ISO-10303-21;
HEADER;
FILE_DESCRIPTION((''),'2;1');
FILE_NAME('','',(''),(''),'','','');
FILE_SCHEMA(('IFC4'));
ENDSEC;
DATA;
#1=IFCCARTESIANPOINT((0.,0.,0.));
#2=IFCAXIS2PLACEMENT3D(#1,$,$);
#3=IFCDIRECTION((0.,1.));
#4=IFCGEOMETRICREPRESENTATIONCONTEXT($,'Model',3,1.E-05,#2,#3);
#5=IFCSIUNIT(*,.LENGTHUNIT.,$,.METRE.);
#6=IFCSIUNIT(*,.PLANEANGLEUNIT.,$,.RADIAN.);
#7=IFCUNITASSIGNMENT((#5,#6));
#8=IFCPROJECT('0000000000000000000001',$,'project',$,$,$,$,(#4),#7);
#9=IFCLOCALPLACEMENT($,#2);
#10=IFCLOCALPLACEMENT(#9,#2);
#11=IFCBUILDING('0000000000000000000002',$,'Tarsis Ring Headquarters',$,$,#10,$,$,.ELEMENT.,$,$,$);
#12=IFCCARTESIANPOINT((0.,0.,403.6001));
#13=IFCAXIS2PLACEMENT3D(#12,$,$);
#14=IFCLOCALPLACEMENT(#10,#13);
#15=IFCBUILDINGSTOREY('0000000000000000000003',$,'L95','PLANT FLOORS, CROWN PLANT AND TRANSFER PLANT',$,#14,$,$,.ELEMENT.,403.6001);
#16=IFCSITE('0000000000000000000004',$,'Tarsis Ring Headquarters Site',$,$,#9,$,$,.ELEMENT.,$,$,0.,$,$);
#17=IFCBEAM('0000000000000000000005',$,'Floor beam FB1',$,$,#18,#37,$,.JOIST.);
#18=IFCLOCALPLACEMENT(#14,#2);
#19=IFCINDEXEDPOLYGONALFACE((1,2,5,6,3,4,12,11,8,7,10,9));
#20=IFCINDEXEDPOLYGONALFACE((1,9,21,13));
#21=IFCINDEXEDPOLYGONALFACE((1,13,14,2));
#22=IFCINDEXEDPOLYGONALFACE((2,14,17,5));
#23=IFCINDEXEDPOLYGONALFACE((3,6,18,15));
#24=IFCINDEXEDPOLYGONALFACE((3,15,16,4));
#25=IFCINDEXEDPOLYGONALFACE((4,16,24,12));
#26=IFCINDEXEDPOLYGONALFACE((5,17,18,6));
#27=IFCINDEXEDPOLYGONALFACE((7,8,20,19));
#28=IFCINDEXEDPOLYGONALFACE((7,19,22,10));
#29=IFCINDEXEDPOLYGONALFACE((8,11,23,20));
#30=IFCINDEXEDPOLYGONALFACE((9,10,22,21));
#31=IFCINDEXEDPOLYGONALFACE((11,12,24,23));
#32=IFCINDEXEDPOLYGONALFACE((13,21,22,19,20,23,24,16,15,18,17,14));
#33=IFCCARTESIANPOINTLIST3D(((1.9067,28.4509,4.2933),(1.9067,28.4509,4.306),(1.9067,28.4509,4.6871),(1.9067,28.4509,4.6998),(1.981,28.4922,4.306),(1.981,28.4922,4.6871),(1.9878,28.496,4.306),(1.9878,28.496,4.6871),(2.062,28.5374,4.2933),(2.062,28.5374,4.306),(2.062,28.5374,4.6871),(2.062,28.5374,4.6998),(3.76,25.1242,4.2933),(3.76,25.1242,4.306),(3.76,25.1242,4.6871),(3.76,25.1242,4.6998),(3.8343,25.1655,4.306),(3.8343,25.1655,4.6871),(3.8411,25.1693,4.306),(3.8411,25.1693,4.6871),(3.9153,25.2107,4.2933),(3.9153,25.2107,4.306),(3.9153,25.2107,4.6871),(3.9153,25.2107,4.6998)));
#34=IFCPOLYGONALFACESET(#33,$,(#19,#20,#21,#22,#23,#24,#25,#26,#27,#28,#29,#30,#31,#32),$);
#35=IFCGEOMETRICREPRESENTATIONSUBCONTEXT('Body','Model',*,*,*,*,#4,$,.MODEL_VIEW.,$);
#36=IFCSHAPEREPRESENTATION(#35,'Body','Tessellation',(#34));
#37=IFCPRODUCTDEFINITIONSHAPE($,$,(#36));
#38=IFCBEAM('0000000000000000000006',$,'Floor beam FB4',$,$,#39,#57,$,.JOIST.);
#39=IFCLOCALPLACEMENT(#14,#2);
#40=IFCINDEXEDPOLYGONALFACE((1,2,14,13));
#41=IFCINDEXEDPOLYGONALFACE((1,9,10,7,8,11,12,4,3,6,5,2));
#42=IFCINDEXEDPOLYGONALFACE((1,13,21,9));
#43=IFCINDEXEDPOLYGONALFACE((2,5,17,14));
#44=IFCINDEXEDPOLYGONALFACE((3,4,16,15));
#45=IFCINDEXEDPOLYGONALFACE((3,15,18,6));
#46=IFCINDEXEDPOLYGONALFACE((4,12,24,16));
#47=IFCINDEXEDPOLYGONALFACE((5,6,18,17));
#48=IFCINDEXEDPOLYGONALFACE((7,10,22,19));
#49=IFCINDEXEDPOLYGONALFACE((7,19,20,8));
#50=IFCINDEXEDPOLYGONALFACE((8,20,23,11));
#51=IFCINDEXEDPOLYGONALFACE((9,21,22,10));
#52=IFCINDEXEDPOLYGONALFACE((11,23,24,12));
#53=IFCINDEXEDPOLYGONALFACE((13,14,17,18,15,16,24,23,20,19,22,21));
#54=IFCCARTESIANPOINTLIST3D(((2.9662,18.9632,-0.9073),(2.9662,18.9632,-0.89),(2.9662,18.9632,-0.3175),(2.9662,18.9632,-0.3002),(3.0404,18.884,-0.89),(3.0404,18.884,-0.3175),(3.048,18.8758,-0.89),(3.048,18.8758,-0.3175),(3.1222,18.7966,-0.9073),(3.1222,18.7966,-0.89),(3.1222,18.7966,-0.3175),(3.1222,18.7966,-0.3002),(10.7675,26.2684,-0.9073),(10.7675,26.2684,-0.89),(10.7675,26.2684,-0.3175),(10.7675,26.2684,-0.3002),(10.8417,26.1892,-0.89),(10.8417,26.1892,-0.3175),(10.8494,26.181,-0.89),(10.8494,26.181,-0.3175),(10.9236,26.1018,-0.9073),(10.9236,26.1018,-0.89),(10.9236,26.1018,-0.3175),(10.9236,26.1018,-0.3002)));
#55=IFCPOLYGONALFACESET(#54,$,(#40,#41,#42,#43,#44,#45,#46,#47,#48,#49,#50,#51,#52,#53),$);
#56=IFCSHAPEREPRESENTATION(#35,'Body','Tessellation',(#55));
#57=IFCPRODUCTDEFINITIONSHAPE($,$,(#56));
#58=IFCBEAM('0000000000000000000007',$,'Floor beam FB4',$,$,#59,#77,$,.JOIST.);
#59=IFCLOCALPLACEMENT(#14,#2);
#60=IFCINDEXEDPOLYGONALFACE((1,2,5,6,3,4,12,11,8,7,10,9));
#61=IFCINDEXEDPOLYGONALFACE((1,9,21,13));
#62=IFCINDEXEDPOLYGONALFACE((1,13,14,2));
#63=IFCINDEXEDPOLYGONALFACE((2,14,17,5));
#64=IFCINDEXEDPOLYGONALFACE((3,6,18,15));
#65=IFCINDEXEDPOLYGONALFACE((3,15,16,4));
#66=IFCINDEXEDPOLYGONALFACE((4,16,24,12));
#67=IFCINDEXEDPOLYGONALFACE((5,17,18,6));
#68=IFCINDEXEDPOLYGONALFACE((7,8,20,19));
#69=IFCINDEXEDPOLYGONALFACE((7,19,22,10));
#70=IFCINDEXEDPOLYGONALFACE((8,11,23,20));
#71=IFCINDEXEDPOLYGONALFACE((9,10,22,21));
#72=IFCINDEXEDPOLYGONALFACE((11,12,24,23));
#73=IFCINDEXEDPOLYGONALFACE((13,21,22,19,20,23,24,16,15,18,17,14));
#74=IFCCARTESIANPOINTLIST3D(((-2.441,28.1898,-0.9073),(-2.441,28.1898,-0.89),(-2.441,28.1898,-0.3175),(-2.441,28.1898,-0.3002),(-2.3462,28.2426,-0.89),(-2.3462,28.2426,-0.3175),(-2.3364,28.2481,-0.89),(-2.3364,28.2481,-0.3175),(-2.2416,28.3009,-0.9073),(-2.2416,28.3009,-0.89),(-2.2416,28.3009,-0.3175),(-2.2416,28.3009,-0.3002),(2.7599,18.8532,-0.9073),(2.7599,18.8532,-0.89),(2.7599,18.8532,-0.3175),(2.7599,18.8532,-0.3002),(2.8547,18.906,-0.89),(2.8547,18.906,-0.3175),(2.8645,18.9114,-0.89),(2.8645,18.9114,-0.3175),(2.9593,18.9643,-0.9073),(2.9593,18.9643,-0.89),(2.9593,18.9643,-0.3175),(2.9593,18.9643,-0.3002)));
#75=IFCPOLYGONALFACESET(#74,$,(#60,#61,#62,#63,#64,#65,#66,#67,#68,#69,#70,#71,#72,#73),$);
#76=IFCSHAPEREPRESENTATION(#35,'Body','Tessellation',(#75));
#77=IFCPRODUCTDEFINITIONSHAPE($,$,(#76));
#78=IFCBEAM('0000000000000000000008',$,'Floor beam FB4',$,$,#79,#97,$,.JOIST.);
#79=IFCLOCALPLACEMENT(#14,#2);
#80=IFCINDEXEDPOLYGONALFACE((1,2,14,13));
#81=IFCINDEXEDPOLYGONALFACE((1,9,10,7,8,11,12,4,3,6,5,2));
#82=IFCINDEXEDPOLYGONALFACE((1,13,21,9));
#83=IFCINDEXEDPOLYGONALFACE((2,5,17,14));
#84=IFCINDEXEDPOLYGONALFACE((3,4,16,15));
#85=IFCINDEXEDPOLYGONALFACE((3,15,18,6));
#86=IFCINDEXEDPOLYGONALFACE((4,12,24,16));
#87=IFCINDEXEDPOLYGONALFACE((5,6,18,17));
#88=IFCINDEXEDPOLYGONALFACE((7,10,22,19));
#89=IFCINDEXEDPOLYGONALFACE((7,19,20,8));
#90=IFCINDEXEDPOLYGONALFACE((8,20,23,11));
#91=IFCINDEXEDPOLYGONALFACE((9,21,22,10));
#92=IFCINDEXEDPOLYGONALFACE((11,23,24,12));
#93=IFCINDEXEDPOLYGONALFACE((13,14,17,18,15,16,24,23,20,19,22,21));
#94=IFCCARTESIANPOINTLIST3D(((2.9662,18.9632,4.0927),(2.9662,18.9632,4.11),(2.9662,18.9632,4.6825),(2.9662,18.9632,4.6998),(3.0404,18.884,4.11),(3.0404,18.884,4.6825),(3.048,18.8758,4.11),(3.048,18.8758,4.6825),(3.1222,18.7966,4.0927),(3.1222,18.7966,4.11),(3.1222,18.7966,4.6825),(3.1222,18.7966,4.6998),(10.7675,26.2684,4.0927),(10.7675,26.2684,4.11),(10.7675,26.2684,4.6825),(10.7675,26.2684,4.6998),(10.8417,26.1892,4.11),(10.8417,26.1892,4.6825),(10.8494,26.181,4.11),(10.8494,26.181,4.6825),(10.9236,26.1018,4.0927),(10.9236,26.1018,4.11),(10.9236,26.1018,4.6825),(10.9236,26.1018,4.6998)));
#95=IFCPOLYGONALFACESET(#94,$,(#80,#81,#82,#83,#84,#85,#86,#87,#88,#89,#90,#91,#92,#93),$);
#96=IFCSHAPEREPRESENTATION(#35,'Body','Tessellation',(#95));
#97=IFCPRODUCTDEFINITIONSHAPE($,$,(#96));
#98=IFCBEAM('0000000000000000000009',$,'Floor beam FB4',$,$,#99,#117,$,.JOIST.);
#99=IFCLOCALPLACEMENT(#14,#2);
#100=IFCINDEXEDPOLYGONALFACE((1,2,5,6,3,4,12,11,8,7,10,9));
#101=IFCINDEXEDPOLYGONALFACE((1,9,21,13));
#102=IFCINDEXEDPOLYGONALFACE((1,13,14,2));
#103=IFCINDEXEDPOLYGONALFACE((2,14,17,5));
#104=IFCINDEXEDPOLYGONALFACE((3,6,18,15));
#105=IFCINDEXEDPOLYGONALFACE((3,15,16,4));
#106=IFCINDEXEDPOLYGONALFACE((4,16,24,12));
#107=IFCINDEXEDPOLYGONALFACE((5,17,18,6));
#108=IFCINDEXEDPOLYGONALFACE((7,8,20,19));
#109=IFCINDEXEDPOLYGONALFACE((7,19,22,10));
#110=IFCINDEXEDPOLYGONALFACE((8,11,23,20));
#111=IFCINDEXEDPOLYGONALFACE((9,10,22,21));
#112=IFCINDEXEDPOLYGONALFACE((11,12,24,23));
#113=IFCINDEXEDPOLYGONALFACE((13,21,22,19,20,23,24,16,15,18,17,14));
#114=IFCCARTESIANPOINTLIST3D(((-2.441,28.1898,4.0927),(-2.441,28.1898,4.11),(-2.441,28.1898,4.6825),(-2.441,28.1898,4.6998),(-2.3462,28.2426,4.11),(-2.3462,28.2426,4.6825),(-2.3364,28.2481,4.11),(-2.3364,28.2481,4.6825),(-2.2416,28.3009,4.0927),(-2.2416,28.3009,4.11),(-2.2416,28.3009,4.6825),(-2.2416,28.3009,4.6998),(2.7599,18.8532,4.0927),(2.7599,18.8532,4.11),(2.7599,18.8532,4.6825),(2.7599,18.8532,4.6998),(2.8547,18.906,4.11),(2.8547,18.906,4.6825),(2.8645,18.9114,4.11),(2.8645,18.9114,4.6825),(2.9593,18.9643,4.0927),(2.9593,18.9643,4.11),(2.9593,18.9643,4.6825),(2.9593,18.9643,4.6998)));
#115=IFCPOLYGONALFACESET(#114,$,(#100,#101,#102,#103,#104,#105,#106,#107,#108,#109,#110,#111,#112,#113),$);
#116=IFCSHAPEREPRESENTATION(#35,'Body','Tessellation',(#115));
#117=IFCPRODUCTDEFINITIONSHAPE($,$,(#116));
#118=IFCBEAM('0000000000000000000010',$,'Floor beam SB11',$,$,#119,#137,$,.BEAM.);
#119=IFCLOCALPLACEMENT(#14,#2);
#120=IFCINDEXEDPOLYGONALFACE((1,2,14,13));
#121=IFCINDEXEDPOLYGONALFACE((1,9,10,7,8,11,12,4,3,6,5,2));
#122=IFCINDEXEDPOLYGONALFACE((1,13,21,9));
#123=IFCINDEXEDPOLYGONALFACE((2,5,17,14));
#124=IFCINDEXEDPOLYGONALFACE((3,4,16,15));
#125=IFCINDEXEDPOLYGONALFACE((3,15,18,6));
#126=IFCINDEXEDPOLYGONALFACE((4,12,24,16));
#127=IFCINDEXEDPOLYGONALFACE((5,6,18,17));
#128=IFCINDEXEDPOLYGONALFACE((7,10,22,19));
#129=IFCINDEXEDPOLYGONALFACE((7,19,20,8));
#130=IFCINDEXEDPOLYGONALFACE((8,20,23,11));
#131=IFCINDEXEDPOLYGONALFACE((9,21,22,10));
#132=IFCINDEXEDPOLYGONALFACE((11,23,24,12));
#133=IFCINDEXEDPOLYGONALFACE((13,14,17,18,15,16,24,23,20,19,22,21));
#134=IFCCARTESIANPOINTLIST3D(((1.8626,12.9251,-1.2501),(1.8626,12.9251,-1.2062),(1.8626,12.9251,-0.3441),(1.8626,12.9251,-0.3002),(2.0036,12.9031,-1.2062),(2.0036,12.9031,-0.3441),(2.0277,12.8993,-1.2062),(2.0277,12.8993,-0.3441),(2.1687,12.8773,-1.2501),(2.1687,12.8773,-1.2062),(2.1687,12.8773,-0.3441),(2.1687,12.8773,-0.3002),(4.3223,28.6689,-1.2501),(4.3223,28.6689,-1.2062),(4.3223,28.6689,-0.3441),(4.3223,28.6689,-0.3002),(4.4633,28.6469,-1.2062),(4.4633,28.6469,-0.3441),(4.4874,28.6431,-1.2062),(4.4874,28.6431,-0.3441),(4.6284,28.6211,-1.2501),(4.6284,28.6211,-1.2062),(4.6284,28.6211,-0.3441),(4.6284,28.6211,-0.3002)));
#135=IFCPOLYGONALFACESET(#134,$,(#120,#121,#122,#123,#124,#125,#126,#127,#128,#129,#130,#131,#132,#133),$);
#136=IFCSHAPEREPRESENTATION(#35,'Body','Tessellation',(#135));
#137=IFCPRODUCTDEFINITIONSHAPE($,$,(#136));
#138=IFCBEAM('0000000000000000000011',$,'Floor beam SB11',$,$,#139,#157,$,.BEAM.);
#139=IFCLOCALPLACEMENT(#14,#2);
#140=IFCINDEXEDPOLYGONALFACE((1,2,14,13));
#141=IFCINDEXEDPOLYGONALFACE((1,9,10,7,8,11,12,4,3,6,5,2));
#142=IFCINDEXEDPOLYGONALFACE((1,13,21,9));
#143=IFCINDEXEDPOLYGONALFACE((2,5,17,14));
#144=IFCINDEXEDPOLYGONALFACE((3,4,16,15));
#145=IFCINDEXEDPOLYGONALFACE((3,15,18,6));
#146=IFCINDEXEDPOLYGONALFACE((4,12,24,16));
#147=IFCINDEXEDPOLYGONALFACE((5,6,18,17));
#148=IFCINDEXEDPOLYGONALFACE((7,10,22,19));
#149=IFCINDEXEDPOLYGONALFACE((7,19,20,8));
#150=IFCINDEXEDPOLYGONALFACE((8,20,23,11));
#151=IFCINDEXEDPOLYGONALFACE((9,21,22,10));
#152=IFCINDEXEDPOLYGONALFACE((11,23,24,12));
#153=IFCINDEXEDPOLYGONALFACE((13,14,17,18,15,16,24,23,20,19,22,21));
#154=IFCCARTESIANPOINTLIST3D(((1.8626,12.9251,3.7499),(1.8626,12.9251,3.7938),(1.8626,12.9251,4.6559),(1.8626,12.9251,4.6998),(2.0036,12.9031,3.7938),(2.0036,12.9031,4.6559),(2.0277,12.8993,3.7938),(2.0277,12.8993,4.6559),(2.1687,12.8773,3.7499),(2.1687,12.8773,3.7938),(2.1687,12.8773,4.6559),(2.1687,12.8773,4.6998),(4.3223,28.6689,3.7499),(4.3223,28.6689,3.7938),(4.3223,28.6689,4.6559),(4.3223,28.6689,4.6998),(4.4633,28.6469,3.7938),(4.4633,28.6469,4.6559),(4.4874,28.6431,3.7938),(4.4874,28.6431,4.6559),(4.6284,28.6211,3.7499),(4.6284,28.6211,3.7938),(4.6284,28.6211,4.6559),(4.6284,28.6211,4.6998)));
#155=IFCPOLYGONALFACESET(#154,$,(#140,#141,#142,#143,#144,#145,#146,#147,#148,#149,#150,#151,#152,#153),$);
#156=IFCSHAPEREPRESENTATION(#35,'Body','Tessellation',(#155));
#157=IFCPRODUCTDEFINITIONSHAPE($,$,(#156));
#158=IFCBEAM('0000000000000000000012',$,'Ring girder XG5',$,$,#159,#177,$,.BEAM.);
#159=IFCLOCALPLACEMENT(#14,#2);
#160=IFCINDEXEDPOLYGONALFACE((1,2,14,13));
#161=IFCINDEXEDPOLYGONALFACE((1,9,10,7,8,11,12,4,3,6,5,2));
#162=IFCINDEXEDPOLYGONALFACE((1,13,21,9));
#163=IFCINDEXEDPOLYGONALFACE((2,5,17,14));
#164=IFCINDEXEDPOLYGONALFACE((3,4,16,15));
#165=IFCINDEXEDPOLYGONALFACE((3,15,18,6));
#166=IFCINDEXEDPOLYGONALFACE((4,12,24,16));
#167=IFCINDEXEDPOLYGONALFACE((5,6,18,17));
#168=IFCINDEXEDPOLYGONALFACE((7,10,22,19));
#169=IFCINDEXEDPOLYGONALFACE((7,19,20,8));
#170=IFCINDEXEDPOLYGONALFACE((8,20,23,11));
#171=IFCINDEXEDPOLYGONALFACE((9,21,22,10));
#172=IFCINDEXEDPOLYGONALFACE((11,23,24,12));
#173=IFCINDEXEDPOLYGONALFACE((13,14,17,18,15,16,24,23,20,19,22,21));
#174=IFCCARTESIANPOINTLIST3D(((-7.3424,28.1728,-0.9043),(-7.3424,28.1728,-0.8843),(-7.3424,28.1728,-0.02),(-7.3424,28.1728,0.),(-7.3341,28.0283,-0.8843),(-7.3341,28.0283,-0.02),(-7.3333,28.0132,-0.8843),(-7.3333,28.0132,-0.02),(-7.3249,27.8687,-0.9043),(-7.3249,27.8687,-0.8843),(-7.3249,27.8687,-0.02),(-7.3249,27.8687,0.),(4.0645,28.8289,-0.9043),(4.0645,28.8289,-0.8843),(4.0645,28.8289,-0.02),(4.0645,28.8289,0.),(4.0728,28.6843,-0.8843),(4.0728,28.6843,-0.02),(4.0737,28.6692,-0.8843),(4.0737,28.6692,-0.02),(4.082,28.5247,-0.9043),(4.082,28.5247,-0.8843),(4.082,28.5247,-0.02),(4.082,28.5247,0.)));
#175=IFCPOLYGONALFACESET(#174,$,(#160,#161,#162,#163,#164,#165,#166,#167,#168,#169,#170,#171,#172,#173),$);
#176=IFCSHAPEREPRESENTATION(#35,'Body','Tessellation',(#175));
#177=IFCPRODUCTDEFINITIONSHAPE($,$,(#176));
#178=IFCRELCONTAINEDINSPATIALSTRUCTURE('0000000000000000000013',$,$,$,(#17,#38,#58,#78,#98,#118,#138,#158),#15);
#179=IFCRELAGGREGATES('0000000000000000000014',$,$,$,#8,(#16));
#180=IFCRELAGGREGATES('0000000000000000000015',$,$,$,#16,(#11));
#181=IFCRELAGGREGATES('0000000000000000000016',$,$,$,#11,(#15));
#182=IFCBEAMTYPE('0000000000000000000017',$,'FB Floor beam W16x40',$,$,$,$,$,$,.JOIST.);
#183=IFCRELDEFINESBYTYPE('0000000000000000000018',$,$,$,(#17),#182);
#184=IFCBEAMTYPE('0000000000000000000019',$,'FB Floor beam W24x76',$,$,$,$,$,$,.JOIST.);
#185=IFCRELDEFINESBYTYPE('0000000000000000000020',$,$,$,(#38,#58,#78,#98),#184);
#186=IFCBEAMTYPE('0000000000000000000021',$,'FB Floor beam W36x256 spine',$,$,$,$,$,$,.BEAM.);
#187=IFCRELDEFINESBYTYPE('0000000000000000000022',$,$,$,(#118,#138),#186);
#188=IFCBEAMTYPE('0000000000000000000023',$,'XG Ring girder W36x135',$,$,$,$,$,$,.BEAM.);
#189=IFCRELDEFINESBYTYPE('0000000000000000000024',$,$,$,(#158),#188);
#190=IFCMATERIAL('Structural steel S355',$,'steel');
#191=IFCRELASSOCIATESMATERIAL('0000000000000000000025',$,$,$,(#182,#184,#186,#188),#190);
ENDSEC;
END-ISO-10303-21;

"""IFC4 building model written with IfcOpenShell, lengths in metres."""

from ifc_helpers import new_model, si_unit, direction, frame, origin, origin_2d, place, context, subcontext, project, spatial, i_section, extrude, material, material_profile, profile_set, type_object, element, save


model = new_model("IFC4")

# Units and contexts
model_context = context("Model", 3, precision=1e-05, world=origin(), true_north=direction((0.0, 1.0)))
body_context = subcontext(model_context, "Body", "Model", "MODEL_VIEW")
ifc_project = project(units=[si_unit("LENGTHUNIT", "METRE"), si_unit("PLANEANGLEUNIT", "RADIAN")], contexts=[model_context])

# Site, building, storey
site_placement = place(None, origin())
site = spatial("IfcSite", under=ifc_project, at=site_placement, Name="Tarsis Ring Headquarters Site", CompositionType="ELEMENT", RefElevation=0.0)
building_placement = place(site_placement, origin())
building = spatial("IfcBuilding", under=site, at=building_placement, Name="Tarsis Ring Headquarters", CompositionType="ELEMENT")
storey_placement = place(building_placement, frame((0.0, 0.0, 403.6001)))
storey = spatial("IfcBuildingStorey", under=building, at=storey_placement, Name="L95", Description="PLANT FLOORS, CROWN PLANT AND TRANSFER PLANT", CompositionType="ELEMENT", Elevation=403.6001)

# Shared definitions
ifc_material_1 = material(Name="Structural steel S355", Category="steel")

# Beams
ifc_material_profile_1 = material_profile(ifc_material_1, i_section(OverallWidth=0.1777, OverallDepth=0.4065, WebThickness=0.0078, FlangeThickness=0.0127, at=origin_2d()), Name="W16x40")
ifc_profile_set_1 = profile_set([ifc_material_profile_1], Name="Structural steel S355")
beam_type_1 = type_object("IfcBeamType", Name="FB Floor beam W16x40", PredefinedType="JOIST", material=ifc_profile_set_1)
beam_1_placement = place(storey_placement, frame((1.9844, 28.4941, 4.4966), z_axis=(0.486671, -0.873585, 0.0), x_axis=(0.873585, 0.486671, 0.0)))
element("IfcBeam", 1, at=beam_1_placement, inside=storey, type_object=beam_type_1, Name="Floor beam FB1", PredefinedType="JOIST", context=body_context, shape_type="SweptSolid", body=[
    extrude(i_section(OverallWidth=0.1777, OverallDepth=0.4065, WebThickness=0.0078, FlangeThickness=0.0127, at=origin_2d()), origin(), (0.0, 0.0, 1.0), 3.8081),
])
ifc_material_profile_2 = material_profile(ifc_material_1, i_section(OverallWidth=0.2283, OverallDepth=0.6072, WebThickness=0.0112, FlangeThickness=0.0173, at=origin_2d()), Name="W24x76")
ifc_profile_set_2 = profile_set([ifc_material_profile_2], Name="Structural steel S355")
beam_type_2 = type_object("IfcBeamType", Name="FB Floor beam W24x76", PredefinedType="JOIST", material=ifc_profile_set_2)
beam_2_placement = place(storey_placement, frame((3.0442, 18.8799, -0.6038), z_axis=(0.729935, 0.683517, 0.0), x_axis=(-0.683517, 0.729935, 0.0)))
element("IfcBeam", 2, at=beam_2_placement, inside=storey, type_object=beam_type_2, Name="Floor beam FB4", PredefinedType="JOIST", context=body_context, shape_type="SweptSolid", body=[
    extrude(i_section(OverallWidth=0.2283, OverallDepth=0.6072, WebThickness=0.0112, FlangeThickness=0.0173, at=origin_2d()), origin(), (0.0, 0.0, 1.0), 10.6877),
])
beam_3_placement = place(storey_placement, frame((-2.3413, 28.2454, -0.6038), z_axis=(0.486636, -0.873605, 0.0), x_axis=(0.873605, 0.486636, 0.0)))
element("IfcBeam", 3, at=beam_3_placement, inside=storey, type_object=beam_type_2, Name="Floor beam FB4", PredefinedType="JOIST", context=body_context, shape_type="SweptSolid", body=[
    extrude(i_section(OverallWidth=0.2283, OverallDepth=0.6072, WebThickness=0.0112, FlangeThickness=0.0173, at=origin_2d()), origin(), (0.0, 0.0, 1.0), 10.6875),
])
beam_4_placement = place(storey_placement, frame((3.0442, 18.8799, 4.3962), z_axis=(0.729935, 0.683517, 0.0), x_axis=(-0.683517, 0.729935, 0.0)))
element("IfcBeam", 4, at=beam_4_placement, inside=storey, type_object=beam_type_2, Name="Floor beam FB4", PredefinedType="JOIST", context=body_context, shape_type="SweptSolid", body=[
    extrude(i_section(OverallWidth=0.2283, OverallDepth=0.6072, WebThickness=0.0112, FlangeThickness=0.0173, at=origin_2d()), origin(), (0.0, 0.0, 1.0), 10.6877),
])
beam_5_placement = place(storey_placement, frame((-2.3413, 28.2454, 4.3962), z_axis=(0.486636, -0.873605, 0.0), x_axis=(0.873605, 0.486636, 0.0)))
element("IfcBeam", 5, at=beam_5_placement, inside=storey, type_object=beam_type_2, Name="Floor beam FB4", PredefinedType="JOIST", context=body_context, shape_type="SweptSolid", body=[
    extrude(i_section(OverallWidth=0.2283, OverallDepth=0.6072, WebThickness=0.0112, FlangeThickness=0.0173, at=origin_2d()), origin(), (0.0, 0.0, 1.0), 10.6875),
])
ifc_material_profile_3 = material_profile(ifc_material_1, i_section(OverallWidth=0.3098, OverallDepth=0.95, WebThickness=0.0244, FlangeThickness=0.0439, at=origin_2d()), Name="W36x256")
ifc_profile_set_3 = profile_set([ifc_material_profile_3], Name="Structural steel S355")
beam_type_3 = type_object("IfcBeamType", Name="FB Floor beam W36x256 spine", PredefinedType="BEAM", material=ifc_profile_set_3)
for number, where, z_axis, x_axis, name in (
    (6, (4.4753, 28.645, -0.7751), (-0.154361, -0.988015, 0.0), (0.988015, -0.154361, 0.0), "Floor beam SB11"),
    (7, (4.4753, 28.645, 4.2249), (-0.154361, -0.988015, 0.0), (0.988015, -0.154361, 0.0), "Floor beam SB11"),
):
    element("IfcBeam", number, at=place(storey_placement, frame(where, z_axis=z_axis, x_axis=x_axis)), inside=storey, type_object=beam_type_3, Name=name, PredefinedType="BEAM", context=body_context, shape_type="SweptSolid", body=[
        extrude(i_section(OverallWidth=0.3098, OverallDepth=0.95, WebThickness=0.0244, FlangeThickness=0.0439, at=origin_2d()), origin(), (0.0, 0.0, 1.0), 15.9348),
    ])
ifc_material_profile_4 = material_profile(ifc_material_1, i_section(OverallWidth=0.3047, OverallDepth=0.9043, WebThickness=0.0151, FlangeThickness=0.02, at=origin_2d()), Name="W36x135")
ifc_profile_set_4 = profile_set([ifc_material_profile_4], Name="Structural steel S355")
beam_type_4 = type_object("IfcBeamType", Name="XG Ring girder W36x135", PredefinedType="BEAM", material=ifc_profile_set_4)
for number, where, z_axis, x_axis, name in (
    (8, (4.0732, 28.6768, -0.4521), (-0.99835, -0.057414, 0.0), (0.057414, -0.99835, 0.0), "Ring girder XG5"),
):
    element("IfcBeam", number, at=place(storey_placement, frame(where, z_axis=z_axis, x_axis=x_axis)), inside=storey, type_object=beam_type_4, Name=name, PredefinedType="BEAM", context=body_context, shape_type="SweptSolid", body=[
        extrude(i_section(OverallWidth=0.3047, OverallDepth=0.9043, WebThickness=0.0151, FlangeThickness=0.02, at=origin_2d()), origin(), (0.0, 0.0, 1.0), 11.4258),
    ])

save(model, "model.ifc")
